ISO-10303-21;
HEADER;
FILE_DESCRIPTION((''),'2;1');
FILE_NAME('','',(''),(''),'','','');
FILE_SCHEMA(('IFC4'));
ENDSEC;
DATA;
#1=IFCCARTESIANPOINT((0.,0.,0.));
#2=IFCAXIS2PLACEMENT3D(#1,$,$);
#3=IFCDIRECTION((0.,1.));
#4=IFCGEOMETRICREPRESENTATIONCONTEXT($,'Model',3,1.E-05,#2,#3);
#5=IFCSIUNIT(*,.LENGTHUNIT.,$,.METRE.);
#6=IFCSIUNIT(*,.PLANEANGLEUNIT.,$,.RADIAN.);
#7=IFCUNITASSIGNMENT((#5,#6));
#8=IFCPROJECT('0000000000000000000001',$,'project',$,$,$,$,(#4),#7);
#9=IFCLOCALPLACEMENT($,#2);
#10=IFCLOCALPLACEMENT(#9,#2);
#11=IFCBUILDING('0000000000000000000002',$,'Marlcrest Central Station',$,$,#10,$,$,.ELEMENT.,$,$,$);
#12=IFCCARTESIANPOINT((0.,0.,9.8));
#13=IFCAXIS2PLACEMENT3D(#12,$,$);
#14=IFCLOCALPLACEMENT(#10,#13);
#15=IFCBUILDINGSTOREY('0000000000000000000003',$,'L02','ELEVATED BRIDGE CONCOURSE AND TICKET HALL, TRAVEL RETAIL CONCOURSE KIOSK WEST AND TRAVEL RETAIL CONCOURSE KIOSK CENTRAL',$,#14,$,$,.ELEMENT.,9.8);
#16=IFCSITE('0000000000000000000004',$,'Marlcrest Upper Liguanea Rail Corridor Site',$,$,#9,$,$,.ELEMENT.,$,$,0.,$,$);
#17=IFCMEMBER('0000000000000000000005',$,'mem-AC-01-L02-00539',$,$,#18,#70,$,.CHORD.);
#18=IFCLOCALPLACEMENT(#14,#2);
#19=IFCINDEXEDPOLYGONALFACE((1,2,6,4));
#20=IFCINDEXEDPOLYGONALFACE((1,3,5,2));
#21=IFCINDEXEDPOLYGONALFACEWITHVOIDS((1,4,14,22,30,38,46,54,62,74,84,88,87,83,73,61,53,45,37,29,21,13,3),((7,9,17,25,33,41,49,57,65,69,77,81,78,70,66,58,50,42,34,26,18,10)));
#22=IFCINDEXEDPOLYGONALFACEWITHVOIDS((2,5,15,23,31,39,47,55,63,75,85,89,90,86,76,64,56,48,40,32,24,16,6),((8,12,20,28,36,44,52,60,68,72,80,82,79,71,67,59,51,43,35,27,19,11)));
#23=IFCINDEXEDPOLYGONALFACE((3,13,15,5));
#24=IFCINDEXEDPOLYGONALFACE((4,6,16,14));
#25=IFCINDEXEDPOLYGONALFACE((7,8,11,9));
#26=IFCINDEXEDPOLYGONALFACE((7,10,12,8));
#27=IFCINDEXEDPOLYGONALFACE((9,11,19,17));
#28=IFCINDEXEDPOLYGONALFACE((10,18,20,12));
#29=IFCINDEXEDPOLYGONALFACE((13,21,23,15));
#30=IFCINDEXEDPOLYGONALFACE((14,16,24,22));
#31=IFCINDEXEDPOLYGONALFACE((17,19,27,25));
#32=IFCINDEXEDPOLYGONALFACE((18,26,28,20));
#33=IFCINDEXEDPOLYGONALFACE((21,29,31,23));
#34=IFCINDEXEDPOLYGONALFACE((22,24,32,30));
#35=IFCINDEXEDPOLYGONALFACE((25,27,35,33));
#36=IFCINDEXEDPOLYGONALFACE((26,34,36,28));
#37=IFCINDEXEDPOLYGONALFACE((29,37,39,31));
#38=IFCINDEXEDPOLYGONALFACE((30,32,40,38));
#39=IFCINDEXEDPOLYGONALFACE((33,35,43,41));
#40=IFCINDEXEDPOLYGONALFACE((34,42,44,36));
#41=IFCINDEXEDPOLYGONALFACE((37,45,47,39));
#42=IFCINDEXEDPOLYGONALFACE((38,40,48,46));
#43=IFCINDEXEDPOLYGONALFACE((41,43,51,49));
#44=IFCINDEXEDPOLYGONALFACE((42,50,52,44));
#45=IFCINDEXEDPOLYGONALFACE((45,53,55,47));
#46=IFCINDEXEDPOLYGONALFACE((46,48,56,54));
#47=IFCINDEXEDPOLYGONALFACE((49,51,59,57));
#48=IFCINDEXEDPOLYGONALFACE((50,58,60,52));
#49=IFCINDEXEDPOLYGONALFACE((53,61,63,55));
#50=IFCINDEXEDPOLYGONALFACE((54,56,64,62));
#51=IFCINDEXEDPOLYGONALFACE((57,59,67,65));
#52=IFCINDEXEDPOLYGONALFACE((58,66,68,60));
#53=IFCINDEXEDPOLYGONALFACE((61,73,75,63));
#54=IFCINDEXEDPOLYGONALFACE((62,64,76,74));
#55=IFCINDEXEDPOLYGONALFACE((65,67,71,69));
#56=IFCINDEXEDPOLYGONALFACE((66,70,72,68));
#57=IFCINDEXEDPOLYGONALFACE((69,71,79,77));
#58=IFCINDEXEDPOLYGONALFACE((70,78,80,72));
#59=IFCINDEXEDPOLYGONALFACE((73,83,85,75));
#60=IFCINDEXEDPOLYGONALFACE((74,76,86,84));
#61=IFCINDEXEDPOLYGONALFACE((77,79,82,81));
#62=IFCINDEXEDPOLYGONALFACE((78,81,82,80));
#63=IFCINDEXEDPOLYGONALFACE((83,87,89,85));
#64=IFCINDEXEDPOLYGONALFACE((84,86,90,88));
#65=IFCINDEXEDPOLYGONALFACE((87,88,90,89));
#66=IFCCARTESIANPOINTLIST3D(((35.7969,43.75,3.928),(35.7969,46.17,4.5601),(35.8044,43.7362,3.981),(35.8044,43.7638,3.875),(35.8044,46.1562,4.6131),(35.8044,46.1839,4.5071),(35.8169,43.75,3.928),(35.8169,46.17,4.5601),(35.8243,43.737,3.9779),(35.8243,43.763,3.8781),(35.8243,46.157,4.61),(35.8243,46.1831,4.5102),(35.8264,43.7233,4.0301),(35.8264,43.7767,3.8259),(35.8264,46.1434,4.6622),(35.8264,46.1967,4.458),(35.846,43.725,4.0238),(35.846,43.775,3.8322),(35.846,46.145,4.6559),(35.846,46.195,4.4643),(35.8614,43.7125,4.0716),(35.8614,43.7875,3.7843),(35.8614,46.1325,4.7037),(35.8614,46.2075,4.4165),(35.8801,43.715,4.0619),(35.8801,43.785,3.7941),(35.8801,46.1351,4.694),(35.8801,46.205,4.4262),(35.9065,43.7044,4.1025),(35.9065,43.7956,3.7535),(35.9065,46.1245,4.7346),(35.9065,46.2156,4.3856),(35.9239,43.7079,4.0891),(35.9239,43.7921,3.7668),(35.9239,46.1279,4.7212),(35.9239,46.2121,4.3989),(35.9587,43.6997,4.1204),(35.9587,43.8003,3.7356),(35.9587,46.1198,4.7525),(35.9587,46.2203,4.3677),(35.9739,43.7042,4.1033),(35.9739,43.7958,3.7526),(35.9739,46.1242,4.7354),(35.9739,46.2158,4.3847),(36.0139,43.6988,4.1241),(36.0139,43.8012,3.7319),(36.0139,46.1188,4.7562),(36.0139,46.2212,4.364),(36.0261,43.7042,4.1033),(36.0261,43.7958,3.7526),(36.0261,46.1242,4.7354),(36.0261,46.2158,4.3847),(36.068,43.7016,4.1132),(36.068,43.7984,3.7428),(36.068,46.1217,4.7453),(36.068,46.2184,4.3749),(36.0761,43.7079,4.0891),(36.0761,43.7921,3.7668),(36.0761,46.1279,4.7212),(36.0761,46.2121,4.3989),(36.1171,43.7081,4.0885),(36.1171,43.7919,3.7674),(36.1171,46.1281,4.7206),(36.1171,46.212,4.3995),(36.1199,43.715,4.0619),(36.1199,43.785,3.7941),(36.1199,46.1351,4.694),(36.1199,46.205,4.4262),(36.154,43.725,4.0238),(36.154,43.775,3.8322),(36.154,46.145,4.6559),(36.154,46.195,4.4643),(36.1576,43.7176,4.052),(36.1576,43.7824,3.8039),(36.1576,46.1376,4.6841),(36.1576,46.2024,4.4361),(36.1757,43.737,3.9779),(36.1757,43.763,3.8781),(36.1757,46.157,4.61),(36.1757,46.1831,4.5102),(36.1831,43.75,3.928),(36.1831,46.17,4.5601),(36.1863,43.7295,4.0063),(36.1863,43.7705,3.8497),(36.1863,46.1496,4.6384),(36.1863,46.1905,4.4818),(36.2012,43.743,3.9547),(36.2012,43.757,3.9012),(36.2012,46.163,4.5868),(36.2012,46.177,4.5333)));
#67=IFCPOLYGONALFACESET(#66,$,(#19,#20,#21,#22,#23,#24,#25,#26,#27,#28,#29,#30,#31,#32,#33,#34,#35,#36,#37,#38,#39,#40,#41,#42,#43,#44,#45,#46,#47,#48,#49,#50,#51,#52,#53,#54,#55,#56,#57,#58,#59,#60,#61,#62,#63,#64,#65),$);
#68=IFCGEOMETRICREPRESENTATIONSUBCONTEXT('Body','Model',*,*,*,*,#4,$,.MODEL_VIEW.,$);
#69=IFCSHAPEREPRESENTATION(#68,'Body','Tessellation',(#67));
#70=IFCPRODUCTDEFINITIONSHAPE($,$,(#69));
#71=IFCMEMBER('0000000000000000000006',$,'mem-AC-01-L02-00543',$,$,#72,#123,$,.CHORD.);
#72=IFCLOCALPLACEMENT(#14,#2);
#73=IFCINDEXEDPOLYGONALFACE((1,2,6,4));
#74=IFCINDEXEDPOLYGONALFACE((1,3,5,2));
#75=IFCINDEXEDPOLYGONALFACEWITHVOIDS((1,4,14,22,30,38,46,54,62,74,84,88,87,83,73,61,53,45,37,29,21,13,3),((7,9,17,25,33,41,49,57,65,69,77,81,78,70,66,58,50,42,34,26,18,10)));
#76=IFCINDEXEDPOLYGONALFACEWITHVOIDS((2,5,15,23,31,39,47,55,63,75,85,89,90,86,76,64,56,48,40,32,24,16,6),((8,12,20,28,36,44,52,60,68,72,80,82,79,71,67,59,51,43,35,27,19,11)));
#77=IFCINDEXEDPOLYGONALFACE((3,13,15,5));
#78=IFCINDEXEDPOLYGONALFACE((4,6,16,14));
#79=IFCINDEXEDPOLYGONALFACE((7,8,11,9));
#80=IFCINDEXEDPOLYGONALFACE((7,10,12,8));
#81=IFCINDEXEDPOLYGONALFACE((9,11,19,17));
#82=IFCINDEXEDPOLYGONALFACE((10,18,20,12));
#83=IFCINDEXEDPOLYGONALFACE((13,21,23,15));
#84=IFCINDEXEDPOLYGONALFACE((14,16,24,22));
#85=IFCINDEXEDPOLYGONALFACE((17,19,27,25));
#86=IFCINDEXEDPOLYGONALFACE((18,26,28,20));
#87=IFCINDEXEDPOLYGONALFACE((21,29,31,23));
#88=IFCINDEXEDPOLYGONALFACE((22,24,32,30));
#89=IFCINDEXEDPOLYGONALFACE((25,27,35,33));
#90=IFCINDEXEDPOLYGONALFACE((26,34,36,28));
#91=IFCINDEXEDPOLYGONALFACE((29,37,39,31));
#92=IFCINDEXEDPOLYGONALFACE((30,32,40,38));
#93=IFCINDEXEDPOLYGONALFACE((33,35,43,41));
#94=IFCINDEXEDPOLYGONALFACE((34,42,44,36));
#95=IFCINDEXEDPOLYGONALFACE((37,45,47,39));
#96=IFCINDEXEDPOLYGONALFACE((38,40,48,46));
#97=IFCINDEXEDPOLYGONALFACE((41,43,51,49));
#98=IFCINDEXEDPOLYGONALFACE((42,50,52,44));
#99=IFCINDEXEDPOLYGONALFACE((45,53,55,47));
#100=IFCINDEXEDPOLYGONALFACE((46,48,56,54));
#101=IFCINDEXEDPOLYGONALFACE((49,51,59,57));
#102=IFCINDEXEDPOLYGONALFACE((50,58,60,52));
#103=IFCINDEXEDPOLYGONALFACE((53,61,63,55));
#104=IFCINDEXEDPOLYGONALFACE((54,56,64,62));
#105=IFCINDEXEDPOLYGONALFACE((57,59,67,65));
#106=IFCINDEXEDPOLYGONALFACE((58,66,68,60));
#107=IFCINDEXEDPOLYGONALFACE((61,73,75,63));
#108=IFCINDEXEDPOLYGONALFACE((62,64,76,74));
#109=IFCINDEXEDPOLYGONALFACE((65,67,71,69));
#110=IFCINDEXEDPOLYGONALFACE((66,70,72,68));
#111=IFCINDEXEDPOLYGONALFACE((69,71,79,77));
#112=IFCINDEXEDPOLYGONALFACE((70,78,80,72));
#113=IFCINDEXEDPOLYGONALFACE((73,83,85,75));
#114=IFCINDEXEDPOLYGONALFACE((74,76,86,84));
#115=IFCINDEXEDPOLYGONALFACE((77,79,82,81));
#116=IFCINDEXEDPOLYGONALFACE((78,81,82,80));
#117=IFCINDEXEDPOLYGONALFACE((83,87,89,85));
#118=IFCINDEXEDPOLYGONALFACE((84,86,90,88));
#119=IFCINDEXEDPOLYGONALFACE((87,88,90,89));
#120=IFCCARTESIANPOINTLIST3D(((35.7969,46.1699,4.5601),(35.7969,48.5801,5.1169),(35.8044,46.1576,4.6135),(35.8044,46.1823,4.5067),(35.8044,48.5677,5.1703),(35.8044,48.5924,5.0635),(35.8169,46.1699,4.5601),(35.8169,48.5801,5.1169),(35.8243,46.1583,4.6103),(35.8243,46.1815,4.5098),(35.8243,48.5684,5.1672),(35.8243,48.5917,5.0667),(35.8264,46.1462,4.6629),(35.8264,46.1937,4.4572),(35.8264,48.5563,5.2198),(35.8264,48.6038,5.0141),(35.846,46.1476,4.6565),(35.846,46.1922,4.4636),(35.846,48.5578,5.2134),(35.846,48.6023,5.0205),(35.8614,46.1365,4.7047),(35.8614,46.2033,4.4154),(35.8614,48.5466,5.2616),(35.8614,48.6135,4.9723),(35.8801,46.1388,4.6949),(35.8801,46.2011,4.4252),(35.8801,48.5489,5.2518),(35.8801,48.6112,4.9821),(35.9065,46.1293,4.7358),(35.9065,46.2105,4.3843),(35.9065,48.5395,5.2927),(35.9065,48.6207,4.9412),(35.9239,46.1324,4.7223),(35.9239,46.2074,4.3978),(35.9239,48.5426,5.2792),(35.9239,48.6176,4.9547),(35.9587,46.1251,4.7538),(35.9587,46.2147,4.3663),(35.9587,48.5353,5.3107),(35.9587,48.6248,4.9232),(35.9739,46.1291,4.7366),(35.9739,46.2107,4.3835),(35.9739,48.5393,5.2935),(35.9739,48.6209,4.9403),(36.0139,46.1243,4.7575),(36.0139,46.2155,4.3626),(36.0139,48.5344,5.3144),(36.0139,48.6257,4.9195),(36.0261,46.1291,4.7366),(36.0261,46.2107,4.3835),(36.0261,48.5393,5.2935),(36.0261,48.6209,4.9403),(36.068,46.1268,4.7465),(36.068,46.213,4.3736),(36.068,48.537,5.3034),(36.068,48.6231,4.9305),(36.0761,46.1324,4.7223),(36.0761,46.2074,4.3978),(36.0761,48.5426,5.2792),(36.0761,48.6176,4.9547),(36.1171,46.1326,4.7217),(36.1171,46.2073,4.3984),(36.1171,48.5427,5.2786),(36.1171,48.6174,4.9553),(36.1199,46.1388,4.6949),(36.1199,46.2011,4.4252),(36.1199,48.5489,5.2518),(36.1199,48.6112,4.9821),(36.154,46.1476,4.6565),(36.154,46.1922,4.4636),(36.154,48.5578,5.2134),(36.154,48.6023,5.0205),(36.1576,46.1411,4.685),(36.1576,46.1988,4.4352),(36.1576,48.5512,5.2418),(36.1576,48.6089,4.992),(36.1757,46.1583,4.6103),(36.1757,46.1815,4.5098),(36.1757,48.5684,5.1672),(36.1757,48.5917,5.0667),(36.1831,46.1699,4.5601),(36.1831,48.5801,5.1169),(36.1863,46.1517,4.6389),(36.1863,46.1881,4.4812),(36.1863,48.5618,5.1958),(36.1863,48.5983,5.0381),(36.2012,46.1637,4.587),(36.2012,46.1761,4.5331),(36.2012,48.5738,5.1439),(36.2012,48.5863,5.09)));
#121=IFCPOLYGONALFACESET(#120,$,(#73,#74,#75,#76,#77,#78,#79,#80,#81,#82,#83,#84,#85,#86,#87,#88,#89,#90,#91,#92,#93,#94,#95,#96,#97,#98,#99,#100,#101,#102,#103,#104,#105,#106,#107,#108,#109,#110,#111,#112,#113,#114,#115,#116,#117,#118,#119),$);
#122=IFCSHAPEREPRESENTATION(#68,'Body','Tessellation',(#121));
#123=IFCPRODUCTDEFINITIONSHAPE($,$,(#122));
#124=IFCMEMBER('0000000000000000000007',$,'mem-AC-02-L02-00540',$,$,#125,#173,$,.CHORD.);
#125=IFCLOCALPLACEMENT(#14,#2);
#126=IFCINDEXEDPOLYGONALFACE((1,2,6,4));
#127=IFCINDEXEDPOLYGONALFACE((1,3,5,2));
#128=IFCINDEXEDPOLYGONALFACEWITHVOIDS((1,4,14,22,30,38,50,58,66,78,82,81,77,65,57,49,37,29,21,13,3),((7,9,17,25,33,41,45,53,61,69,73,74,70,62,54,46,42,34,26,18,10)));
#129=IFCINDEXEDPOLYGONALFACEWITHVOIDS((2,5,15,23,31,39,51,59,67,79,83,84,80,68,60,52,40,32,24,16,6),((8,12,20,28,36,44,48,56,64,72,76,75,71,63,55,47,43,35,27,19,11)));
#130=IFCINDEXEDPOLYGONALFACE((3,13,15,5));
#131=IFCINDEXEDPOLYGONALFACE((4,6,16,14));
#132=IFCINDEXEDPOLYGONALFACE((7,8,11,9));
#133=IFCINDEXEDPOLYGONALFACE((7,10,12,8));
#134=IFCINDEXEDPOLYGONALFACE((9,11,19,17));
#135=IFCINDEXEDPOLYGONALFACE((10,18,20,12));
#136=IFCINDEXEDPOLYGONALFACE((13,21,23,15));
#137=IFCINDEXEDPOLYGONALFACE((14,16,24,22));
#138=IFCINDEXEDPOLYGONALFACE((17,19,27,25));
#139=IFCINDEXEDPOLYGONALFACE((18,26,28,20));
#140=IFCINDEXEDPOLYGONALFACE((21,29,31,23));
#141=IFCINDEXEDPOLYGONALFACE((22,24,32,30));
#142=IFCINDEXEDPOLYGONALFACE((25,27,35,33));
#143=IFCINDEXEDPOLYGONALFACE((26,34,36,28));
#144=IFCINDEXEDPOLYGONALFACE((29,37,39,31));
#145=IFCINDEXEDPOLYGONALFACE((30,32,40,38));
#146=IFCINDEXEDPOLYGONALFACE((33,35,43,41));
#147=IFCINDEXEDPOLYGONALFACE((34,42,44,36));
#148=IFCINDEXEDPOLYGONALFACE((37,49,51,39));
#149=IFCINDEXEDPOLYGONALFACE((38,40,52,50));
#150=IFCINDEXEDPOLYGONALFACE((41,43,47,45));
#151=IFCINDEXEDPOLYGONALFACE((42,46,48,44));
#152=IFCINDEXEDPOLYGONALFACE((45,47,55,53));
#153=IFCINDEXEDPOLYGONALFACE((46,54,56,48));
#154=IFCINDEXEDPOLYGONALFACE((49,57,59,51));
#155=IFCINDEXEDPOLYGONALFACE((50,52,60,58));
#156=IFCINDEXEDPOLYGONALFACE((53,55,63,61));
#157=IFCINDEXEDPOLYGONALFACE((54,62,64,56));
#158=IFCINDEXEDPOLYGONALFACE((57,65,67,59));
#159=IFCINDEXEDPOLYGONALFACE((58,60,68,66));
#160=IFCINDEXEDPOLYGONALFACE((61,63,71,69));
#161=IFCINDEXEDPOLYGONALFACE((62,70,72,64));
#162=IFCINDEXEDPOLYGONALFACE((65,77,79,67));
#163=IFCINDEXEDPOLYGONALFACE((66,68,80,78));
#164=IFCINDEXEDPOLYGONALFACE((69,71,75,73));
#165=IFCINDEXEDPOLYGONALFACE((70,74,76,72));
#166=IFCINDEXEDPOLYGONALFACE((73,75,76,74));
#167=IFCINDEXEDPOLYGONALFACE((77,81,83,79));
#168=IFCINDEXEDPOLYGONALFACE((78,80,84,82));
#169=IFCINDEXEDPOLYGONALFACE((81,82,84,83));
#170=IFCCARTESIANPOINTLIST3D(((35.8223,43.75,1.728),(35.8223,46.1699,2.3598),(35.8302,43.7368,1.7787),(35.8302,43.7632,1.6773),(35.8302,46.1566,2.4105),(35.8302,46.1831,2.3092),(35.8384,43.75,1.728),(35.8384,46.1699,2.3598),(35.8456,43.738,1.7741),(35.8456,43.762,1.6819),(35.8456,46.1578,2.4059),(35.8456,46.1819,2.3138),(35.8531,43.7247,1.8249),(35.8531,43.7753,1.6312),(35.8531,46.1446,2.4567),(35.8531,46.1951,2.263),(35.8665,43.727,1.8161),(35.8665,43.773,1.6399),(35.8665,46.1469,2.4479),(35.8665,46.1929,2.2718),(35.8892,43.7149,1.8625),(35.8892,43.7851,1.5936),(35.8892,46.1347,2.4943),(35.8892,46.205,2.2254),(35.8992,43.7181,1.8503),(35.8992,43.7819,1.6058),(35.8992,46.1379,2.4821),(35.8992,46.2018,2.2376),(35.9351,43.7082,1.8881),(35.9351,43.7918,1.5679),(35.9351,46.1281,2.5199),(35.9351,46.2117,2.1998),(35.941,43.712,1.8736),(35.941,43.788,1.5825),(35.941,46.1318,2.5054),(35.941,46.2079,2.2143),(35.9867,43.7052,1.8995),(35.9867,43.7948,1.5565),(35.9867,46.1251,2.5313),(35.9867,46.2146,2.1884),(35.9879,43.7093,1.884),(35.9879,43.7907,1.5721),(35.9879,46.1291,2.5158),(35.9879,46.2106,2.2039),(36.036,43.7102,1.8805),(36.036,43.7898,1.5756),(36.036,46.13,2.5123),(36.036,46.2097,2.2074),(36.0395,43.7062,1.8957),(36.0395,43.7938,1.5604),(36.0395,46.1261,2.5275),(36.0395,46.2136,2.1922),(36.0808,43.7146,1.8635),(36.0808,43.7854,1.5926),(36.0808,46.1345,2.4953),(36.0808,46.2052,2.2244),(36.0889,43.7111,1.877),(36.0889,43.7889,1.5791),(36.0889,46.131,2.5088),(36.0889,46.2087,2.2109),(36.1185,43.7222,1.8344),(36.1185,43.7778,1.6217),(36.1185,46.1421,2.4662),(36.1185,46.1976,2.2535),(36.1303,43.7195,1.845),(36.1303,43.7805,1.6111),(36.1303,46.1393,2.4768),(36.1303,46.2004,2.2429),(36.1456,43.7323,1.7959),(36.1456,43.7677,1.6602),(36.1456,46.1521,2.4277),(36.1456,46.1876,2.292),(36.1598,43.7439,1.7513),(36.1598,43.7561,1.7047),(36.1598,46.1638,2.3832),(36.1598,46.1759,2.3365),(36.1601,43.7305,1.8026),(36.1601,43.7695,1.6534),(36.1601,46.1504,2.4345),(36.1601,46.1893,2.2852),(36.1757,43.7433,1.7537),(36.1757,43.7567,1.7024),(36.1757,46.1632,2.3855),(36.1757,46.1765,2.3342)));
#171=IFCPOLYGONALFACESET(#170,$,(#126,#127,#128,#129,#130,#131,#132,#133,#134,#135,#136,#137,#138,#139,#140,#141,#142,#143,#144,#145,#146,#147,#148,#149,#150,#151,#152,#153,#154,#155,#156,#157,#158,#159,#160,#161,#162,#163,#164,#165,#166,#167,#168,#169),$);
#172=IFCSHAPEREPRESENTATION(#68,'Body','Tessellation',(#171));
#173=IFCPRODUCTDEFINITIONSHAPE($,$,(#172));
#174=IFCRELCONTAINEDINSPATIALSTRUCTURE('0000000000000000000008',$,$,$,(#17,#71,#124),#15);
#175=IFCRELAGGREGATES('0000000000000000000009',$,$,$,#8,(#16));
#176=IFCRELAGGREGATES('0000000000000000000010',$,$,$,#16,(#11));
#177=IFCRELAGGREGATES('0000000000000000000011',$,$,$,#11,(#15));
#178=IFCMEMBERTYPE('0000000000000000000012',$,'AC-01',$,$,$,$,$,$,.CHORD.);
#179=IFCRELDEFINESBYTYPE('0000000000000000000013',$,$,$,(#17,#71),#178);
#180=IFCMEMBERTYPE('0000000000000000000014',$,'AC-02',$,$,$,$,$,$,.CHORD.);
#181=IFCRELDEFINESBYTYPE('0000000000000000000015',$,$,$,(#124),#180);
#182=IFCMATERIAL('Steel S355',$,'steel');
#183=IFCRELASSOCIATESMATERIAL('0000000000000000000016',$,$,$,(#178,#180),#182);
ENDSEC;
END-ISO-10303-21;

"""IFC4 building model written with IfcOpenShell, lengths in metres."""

from ifc_helpers import new_model, si_unit, direction, frame, origin, origin_2d, place, context, subcontext, project, spatial, hollow_circle, extrude, material, material_profile, profile_set, type_object, element, save


model = new_model("IFC4")

# Units and contexts
model_context = context("Model", 3, precision=1e-05, world=origin(), true_north=direction((0.0, 1.0)))
body_context = subcontext(model_context, "Body", "Model", "MODEL_VIEW")
ifc_project = project(units=[si_unit("LENGTHUNIT", "METRE"), si_unit("PLANEANGLEUNIT", "RADIAN")], contexts=[model_context])

# Site, building, storey
site_placement = place(None, origin())
site = spatial("IfcSite", under=ifc_project, at=site_placement, Name="Marlcrest Upper Liguanea Rail Corridor Site", CompositionType="ELEMENT", RefElevation=0.0)
building_placement = place(site_placement, origin())
building = spatial("IfcBuilding", under=site, at=building_placement, Name="Marlcrest Central Station", CompositionType="ELEMENT")
storey_placement = place(building_placement, frame((0.0, 0.0, 9.8)))
storey = spatial("IfcBuildingStorey", under=building, at=storey_placement, Name="L02", Description="ELEVATED BRIDGE CONCOURSE AND TICKET HALL, TRAVEL RETAIL CONCOURSE KIOSK WEST AND TRAVEL RETAIL CONCOURSE KIOSK CENTRAL", CompositionType="ELEMENT", Elevation=9.8)

# Members
ifc_material_1 = material(Name="Steel S355", Category="steel")
ifc_material_profile_1 = material_profile(ifc_material_1, hollow_circle(Radius=0.2031, WallThickness=0.02, at=origin_2d()), Name="CHS 406.4x20")
ifc_profile_set_1 = profile_set([ifc_material_profile_1], Name="Steel S355")
member_type_1 = type_object("IfcMemberType", Name="AC-01", PredefinedType="CHORD", material=ifc_profile_set_1)
member_1_placement = place(storey_placement, frame((36.0, 43.75, 3.928), z_axis=(0.0, 0.967539, 0.25272), x_axis=(-1.0, 0.0, 0.0)))
element("IfcMember", 1, at=member_1_placement, inside=storey, type_object=member_type_1, Name="mem-AC-01-L02-00539", PredefinedType="CHORD", context=body_context, shape_type="SweptSolid", body=[
    extrude(hollow_circle(Radius=0.2031, WallThickness=0.02, at=origin_2d()), origin(), (0.0, 0.0, 1.0), 2.5012),
])
member_2_placement = place(storey_placement, frame((36.0, 46.1699, 4.5601), z_axis=(0.0, 0.97433, 0.225126), x_axis=(-1.0, 0.0, 0.0)))
element("IfcMember", 2, at=member_2_placement, inside=storey, type_object=member_type_1, Name="mem-AC-01-L02-00543", PredefinedType="CHORD", context=body_context, shape_type="SweptSolid", body=[
    extrude(hollow_circle(Radius=0.2031, WallThickness=0.02, at=origin_2d()), origin(), (0.0, 0.0, 1.0), 2.4736),
])
ifc_material_profile_2 = material_profile(ifc_material_1, hollow_circle(Radius=0.1777, WallThickness=0.0161, at=origin_2d()), Name="CHS 355.6x16")
ifc_profile_set_2 = profile_set([ifc_material_profile_2], Name="Steel S355")
member_type_2 = type_object("IfcMemberType", Name="AC-02", PredefinedType="CHORD", material=ifc_profile_set_2)
member_3_placement = place(storey_placement, frame((36.0, 43.75, 1.728), z_axis=(0.0, 0.967563, 0.252629), x_axis=(-1.0, 0.0, 0.0)))
element("IfcMember", 3, at=member_3_placement, inside=storey, type_object=member_type_2, Name="mem-AC-02-L02-00540", PredefinedType="CHORD", context=body_context, shape_type="SweptSolid", body=[
    extrude(hollow_circle(Radius=0.1777, WallThickness=0.0161, at=origin_2d()), origin(), (0.0, 0.0, 1.0), 2.501),
])

save(model, "model.ifc")
